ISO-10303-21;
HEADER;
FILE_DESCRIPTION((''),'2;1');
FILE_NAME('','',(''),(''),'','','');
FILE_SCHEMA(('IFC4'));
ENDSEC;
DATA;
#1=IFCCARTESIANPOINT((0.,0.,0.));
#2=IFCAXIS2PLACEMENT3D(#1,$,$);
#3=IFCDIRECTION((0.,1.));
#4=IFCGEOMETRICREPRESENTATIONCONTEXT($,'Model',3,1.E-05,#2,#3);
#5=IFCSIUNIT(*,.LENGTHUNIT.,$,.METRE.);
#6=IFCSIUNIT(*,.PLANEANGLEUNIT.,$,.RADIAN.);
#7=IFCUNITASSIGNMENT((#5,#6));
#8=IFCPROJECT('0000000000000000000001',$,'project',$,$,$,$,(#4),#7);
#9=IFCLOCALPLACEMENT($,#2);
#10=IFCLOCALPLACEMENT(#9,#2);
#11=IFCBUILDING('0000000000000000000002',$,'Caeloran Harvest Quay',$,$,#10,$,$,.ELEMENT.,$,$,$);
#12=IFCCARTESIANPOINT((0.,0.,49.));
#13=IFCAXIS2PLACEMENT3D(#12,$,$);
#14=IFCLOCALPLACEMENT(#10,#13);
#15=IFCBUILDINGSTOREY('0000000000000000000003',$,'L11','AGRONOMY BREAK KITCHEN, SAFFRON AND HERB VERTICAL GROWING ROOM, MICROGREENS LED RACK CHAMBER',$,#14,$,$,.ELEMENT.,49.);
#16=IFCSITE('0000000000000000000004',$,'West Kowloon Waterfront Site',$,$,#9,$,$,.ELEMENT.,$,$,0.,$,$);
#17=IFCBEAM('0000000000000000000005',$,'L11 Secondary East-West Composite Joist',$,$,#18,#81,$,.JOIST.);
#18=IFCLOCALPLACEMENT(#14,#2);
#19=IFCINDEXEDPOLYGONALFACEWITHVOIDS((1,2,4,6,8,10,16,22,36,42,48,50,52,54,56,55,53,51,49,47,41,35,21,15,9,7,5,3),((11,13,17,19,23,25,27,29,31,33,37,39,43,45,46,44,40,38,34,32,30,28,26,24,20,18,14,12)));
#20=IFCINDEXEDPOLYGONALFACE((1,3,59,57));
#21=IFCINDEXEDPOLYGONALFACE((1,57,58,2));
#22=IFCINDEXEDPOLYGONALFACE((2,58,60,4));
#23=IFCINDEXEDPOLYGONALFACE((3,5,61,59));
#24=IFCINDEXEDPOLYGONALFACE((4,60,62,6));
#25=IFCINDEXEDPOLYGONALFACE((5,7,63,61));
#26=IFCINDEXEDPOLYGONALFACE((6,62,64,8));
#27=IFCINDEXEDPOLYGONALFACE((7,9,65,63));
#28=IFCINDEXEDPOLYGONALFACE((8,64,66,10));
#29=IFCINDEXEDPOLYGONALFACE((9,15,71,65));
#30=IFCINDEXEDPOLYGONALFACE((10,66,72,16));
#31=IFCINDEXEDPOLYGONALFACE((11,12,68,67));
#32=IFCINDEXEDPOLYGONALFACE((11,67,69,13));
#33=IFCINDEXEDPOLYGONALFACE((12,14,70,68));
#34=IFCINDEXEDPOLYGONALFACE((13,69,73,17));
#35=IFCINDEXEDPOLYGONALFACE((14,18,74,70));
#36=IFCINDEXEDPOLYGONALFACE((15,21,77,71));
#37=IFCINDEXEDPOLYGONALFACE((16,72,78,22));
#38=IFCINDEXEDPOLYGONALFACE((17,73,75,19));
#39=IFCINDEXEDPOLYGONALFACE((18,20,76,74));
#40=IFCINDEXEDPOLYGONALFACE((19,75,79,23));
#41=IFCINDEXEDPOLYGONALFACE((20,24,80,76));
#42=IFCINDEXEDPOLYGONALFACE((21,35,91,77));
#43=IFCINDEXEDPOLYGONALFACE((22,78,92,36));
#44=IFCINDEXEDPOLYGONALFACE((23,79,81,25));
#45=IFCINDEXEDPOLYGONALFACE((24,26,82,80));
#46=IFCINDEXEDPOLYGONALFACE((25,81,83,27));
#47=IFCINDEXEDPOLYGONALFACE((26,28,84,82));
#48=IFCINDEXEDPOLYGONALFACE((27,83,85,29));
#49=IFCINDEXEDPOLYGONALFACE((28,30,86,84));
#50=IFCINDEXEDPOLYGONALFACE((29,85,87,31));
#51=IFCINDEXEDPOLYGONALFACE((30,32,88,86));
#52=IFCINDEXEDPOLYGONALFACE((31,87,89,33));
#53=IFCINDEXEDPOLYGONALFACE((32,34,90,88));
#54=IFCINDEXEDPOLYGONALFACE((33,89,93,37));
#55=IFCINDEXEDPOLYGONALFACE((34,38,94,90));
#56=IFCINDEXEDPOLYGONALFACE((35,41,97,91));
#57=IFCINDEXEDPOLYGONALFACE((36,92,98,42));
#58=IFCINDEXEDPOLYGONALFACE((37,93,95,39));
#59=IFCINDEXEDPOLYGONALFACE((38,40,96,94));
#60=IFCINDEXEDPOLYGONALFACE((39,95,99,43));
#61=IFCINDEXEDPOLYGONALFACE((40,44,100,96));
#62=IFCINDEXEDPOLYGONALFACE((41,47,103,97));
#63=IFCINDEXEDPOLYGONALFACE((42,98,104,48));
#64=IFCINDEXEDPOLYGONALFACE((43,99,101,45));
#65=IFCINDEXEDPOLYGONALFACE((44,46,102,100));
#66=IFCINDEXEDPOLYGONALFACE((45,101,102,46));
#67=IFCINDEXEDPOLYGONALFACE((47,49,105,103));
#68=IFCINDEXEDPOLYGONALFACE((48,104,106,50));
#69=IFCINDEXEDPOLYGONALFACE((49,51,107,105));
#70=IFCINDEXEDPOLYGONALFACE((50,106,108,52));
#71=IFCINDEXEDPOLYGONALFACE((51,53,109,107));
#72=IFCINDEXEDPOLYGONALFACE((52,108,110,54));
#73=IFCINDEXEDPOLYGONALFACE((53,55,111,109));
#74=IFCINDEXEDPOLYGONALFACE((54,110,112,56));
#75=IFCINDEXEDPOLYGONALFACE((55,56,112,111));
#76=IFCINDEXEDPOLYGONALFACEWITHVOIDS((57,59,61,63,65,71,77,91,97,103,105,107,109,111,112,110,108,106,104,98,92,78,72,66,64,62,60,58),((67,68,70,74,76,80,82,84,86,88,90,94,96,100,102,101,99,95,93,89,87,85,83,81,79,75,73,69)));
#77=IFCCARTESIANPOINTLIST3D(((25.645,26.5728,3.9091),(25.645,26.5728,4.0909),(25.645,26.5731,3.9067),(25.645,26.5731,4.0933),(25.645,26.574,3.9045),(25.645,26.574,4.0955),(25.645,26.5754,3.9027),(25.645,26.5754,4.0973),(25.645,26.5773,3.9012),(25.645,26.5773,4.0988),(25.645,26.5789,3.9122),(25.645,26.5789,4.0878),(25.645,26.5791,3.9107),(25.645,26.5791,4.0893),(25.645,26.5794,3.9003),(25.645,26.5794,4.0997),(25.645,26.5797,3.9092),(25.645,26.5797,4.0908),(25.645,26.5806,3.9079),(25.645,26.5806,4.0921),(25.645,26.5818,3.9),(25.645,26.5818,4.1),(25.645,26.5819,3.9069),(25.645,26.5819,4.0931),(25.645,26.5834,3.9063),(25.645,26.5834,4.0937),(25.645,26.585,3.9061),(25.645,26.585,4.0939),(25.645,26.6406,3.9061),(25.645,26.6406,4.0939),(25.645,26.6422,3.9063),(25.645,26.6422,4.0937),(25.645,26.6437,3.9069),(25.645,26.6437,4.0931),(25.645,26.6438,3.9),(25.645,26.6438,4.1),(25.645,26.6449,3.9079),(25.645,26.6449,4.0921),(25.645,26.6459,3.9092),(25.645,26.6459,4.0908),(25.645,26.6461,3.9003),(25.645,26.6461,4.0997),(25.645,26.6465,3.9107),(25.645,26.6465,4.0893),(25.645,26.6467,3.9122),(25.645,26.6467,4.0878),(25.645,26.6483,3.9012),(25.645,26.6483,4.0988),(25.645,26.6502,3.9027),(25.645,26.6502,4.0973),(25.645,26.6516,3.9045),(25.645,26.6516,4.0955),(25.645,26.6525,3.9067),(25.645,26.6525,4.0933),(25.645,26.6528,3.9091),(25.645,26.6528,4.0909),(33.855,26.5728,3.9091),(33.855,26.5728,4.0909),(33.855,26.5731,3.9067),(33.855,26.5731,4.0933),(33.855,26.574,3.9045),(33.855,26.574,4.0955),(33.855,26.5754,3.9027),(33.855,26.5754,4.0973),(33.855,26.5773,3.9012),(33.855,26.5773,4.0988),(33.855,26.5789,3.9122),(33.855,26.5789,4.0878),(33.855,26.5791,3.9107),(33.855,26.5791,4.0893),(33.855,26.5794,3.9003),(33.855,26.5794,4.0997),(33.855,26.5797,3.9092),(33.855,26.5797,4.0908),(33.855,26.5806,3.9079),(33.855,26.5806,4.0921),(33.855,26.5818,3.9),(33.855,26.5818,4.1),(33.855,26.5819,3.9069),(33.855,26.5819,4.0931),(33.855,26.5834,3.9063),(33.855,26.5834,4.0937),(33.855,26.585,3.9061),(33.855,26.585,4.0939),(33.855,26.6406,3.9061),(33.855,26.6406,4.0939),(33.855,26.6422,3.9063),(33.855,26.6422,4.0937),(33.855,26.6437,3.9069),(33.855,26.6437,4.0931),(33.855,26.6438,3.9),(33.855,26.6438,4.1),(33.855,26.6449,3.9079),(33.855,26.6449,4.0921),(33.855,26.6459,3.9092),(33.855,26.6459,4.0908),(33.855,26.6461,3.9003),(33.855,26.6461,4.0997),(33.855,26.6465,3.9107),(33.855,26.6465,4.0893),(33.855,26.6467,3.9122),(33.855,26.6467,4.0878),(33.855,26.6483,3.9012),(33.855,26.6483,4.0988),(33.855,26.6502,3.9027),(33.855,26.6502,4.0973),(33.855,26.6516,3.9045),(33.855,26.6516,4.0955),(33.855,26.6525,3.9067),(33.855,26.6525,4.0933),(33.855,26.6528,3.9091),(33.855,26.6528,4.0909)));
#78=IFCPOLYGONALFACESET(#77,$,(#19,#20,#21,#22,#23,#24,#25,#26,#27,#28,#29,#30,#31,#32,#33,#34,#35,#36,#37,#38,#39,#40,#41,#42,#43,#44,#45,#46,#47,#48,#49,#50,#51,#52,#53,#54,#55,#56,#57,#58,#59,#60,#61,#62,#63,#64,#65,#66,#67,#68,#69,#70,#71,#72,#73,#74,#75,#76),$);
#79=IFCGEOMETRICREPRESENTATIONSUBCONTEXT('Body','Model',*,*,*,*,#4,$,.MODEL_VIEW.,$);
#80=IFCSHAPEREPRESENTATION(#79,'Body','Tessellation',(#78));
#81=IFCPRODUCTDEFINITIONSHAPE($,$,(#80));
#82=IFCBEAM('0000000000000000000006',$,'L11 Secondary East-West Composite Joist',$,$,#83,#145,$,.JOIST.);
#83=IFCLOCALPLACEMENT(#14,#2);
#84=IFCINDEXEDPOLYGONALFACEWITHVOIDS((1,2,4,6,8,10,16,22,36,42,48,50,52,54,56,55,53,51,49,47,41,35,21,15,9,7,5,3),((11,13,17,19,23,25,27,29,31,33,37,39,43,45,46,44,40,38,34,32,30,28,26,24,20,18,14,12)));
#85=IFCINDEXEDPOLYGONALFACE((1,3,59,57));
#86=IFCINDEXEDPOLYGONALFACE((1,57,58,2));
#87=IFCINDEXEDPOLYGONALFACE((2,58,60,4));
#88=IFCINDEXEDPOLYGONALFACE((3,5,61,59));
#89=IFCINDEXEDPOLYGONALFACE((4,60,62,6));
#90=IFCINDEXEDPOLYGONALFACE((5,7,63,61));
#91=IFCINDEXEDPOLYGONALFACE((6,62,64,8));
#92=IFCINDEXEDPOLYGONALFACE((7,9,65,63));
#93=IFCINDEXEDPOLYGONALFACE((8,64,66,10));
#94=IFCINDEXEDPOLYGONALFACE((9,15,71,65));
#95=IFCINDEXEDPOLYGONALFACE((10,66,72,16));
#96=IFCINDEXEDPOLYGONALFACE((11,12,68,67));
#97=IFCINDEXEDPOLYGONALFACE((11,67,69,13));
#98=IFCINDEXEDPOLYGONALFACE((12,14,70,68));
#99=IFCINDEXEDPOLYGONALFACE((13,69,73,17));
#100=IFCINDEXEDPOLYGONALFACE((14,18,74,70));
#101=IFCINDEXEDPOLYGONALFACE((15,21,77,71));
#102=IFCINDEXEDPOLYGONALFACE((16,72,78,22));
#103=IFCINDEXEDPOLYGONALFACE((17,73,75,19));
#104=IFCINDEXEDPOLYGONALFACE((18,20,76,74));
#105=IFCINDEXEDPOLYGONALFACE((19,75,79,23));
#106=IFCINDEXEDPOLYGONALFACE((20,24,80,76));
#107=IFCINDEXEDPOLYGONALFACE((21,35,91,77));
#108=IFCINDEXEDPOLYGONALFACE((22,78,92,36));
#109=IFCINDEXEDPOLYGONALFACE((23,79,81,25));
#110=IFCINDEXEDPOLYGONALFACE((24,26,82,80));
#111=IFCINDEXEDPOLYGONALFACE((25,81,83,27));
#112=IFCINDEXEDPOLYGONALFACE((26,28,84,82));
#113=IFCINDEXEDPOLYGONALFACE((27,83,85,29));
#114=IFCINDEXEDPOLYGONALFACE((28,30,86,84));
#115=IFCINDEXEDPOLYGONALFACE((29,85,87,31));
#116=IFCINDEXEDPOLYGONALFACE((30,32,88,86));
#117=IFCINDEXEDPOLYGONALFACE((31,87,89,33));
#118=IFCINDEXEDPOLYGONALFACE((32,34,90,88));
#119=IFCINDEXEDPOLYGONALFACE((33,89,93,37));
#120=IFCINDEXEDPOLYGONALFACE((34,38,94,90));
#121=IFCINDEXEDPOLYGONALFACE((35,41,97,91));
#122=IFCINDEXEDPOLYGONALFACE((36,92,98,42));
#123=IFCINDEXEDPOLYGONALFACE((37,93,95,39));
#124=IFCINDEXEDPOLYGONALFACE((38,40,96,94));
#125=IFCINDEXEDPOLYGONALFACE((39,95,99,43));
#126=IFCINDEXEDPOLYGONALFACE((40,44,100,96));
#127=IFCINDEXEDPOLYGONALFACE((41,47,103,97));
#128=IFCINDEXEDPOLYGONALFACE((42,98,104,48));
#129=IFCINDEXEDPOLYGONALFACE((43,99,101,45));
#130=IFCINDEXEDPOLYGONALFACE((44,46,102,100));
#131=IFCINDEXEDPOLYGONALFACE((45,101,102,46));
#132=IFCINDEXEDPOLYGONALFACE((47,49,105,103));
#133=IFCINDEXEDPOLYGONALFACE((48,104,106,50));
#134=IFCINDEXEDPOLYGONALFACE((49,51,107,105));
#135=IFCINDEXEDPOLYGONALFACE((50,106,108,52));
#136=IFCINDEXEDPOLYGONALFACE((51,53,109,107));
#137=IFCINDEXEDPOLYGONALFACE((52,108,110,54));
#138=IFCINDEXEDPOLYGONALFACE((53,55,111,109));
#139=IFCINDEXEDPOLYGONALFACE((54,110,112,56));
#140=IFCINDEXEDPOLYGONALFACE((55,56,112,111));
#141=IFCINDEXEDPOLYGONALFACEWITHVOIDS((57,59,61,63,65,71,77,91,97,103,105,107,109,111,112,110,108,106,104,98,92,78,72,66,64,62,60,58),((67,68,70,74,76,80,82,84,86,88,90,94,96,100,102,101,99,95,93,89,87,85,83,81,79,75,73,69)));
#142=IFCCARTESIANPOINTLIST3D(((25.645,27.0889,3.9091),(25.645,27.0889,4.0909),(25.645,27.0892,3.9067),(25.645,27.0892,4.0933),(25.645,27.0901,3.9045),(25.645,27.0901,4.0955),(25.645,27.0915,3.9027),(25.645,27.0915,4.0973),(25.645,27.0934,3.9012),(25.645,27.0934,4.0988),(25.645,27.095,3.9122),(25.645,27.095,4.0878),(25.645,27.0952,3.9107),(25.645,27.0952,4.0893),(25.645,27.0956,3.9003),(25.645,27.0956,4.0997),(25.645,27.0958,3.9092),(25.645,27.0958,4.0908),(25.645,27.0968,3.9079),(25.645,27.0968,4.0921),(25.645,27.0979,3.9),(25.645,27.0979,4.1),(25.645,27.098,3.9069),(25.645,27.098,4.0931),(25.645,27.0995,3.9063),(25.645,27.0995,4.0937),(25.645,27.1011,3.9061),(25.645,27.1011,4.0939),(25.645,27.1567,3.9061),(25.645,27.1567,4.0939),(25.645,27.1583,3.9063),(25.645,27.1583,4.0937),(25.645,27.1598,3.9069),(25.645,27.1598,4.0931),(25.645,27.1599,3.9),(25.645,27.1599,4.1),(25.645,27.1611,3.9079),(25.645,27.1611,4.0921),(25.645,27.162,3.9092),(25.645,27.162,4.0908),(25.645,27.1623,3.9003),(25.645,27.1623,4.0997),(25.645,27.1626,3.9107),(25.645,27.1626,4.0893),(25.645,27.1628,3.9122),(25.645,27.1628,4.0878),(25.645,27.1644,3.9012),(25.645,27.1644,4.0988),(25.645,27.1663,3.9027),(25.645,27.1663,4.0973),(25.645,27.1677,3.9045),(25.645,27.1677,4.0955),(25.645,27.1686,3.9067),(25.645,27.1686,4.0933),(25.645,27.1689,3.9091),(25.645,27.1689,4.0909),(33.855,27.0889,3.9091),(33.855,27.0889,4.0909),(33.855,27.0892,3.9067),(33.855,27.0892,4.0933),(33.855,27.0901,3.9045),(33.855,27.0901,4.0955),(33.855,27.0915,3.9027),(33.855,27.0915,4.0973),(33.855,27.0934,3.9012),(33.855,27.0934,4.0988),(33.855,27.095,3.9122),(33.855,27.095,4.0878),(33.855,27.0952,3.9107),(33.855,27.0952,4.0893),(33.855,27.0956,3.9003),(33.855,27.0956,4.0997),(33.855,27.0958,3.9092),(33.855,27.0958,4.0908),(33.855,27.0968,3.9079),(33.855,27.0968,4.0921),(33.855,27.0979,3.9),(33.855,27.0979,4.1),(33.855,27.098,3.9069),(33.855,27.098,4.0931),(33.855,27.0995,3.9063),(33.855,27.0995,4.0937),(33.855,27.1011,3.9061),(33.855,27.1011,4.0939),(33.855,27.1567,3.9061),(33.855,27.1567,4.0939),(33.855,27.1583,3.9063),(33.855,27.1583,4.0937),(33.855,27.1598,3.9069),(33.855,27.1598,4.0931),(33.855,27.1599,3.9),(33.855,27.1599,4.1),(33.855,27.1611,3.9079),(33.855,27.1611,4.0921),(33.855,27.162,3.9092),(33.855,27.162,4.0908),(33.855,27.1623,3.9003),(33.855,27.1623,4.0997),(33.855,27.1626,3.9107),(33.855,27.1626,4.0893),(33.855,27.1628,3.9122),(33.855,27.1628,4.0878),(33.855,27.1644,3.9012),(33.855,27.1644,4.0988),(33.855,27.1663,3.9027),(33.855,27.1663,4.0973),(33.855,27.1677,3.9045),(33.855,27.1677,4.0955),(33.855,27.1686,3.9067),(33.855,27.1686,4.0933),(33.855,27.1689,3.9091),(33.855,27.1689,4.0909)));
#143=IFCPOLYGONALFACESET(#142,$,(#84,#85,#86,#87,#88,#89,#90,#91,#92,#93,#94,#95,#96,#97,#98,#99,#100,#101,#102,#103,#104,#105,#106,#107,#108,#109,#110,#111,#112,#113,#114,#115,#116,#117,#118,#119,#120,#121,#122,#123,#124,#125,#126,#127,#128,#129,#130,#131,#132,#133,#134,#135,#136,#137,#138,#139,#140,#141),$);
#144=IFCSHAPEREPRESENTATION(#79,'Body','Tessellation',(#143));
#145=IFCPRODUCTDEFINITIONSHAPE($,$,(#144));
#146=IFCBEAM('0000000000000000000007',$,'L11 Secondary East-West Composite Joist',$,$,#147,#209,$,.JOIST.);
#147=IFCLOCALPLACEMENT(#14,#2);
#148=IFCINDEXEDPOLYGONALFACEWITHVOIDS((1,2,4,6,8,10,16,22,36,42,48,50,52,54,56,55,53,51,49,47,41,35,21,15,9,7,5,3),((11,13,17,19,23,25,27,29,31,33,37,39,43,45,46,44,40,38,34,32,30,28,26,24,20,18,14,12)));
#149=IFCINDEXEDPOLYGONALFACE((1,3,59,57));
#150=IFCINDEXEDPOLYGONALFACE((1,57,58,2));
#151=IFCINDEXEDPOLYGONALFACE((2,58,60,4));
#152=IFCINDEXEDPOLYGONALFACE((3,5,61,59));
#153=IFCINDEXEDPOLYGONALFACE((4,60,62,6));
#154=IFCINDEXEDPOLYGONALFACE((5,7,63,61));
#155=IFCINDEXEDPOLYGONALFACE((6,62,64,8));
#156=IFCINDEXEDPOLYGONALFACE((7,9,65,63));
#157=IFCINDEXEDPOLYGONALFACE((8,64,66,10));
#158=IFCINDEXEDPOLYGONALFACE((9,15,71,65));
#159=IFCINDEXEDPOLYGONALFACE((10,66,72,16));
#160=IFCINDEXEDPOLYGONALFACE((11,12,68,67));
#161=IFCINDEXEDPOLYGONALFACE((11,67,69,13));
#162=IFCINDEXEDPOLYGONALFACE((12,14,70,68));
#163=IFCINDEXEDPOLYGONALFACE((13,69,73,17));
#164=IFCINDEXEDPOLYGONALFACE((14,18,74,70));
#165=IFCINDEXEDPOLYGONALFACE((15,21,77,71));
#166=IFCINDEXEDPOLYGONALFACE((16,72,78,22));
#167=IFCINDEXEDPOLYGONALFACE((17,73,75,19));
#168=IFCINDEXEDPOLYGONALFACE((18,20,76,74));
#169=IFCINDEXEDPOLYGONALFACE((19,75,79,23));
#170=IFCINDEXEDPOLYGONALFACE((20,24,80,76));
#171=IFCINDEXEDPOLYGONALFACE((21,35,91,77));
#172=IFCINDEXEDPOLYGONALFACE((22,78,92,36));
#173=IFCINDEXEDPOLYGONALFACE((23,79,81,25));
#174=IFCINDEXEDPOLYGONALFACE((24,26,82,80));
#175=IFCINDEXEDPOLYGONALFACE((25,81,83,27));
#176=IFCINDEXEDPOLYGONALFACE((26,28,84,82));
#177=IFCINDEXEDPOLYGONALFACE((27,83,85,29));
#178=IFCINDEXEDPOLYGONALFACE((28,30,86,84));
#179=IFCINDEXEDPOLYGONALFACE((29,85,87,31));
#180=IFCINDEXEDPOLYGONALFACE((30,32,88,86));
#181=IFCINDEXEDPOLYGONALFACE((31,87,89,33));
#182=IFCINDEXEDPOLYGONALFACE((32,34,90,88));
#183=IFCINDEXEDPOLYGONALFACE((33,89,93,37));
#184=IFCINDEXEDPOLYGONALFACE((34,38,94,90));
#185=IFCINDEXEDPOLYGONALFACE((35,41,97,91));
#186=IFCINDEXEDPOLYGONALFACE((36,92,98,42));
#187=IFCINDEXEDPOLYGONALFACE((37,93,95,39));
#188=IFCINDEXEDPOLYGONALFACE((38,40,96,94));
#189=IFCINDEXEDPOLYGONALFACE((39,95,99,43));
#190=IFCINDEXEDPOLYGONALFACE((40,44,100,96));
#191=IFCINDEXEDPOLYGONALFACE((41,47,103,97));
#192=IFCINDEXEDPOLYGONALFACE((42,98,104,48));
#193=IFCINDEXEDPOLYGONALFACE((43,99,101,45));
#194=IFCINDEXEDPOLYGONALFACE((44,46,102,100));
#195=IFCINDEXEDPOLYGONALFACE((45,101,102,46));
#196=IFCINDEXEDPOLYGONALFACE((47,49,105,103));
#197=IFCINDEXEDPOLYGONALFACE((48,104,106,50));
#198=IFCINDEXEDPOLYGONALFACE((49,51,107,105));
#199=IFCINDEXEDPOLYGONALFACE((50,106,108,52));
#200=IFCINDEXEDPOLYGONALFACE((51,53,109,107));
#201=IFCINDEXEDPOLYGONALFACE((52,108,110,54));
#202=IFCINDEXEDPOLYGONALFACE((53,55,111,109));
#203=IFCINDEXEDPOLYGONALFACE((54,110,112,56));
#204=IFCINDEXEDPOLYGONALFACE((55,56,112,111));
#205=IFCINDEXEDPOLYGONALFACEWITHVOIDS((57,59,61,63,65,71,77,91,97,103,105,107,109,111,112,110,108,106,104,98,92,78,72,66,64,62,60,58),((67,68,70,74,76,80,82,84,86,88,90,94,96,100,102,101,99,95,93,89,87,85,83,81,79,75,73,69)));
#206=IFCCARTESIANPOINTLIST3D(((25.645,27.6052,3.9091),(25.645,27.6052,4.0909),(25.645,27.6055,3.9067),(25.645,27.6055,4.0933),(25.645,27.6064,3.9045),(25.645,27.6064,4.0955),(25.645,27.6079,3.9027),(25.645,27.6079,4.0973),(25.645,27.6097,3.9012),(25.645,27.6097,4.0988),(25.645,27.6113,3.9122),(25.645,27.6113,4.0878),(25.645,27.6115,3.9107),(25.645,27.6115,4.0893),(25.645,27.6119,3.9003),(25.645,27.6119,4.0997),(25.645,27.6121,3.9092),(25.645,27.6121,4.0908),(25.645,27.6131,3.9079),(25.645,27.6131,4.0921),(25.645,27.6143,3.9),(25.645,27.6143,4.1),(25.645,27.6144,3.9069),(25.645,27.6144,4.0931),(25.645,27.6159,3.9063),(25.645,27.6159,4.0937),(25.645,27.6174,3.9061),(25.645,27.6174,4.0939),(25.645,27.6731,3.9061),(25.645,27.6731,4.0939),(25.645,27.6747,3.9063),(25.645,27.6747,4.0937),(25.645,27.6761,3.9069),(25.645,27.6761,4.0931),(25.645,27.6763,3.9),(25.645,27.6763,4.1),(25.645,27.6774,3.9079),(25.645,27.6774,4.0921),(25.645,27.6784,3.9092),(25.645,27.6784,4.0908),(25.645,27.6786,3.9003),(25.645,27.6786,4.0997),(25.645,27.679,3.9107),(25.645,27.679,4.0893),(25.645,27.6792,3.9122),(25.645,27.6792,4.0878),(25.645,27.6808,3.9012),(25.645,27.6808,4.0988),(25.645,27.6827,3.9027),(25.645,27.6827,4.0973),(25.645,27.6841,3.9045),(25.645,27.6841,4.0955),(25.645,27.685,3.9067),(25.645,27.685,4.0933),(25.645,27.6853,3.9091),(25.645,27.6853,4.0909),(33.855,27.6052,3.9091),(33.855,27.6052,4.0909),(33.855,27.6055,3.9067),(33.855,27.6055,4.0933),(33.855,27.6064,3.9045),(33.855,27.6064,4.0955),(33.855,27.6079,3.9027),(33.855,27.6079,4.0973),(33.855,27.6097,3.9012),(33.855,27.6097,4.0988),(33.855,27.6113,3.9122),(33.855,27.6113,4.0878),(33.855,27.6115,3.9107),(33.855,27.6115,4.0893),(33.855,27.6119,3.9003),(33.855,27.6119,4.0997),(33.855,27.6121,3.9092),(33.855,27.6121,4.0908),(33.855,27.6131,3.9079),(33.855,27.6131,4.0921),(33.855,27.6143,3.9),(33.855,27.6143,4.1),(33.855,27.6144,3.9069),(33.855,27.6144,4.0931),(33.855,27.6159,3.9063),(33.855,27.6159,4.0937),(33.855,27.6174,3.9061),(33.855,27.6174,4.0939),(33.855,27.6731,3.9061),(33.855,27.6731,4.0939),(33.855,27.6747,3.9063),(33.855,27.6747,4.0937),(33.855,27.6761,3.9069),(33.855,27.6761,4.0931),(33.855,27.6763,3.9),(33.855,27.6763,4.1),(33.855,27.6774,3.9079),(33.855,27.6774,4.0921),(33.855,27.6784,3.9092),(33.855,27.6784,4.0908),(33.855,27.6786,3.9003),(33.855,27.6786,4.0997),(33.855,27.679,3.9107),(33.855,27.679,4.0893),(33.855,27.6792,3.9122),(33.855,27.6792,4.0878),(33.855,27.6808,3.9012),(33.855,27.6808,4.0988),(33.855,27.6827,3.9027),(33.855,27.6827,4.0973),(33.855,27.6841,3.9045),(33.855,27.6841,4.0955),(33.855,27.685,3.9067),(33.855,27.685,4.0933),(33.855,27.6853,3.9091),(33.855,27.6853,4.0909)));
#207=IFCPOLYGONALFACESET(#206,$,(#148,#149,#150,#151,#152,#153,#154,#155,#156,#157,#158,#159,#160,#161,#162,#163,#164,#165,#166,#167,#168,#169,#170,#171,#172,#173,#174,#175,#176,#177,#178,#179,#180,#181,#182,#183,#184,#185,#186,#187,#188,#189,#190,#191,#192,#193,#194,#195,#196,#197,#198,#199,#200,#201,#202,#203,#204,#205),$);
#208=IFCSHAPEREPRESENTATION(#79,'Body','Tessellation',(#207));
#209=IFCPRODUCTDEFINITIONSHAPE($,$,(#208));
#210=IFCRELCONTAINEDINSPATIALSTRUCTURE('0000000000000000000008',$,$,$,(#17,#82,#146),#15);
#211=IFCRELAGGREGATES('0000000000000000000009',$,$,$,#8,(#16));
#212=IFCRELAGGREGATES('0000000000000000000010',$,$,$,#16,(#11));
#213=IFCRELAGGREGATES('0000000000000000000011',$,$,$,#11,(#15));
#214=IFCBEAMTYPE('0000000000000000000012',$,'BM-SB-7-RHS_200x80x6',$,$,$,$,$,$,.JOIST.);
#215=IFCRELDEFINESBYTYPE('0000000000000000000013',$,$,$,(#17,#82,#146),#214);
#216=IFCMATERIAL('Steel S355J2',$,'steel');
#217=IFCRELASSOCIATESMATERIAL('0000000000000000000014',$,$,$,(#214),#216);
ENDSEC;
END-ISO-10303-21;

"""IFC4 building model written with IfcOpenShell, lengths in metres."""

from ifc_helpers import new_model, si_unit, direction, frame, origin, origin_2d, place, context, subcontext, project, spatial, hollow_rectangle, extrude, material, material_profile, profile_set, type_object, element, save


model = new_model("IFC4")

# Units and contexts
model_context = context("Model", 3, precision=1e-05, world=origin(), true_north=direction((0.0, 1.0)))
body_context = subcontext(model_context, "Body", "Model", "MODEL_VIEW")
ifc_project = project(units=[si_unit("LENGTHUNIT", "METRE"), si_unit("PLANEANGLEUNIT", "RADIAN")], contexts=[model_context])

# Site, building, storey
site_placement = place(None, origin())
site = spatial("IfcSite", under=ifc_project, at=site_placement, Name="West Kowloon Waterfront Site", CompositionType="ELEMENT", RefElevation=0.0)
building_placement = place(site_placement, origin())
building = spatial("IfcBuilding", under=site, at=building_placement, Name="Caeloran Harvest Quay", CompositionType="ELEMENT")
storey_placement = place(building_placement, frame((0.0, 0.0, 49.0)))
storey = spatial("IfcBuildingStorey", under=building, at=storey_placement, Name="L11", Description="AGRONOMY BREAK KITCHEN, SAFFRON AND HERB VERTICAL GROWING ROOM, MICROGREENS LED RACK CHAMBER", CompositionType="ELEMENT", Elevation=49.0)

# Beams
ifc_material_1 = material(Name="Steel S355J2", Category="steel")
ifc_material_profile_1 = material_profile(ifc_material_1, hollow_rectangle(XDim=0.0801, YDim=0.2, WallThickness=0.0061, InnerFilletRadius=0.0061, OuterFilletRadius=0.009, at=origin_2d()), Name="RHS 200x80x6")
ifc_profile_set_1 = profile_set([ifc_material_profile_1], Name="Steel S355J2")
beam_type_1 = type_object("IfcBeamType", Name="BM-SB-7-RHS_200x80x6", PredefinedType="JOIST", material=ifc_profile_set_1)
for number, where, z_axis, x_axis, name in (
    (1, (25.645, 26.6128, 4.0), (1.0, 0.0, 0.0), (0.0, 1.0, 0.0), "L11 Secondary East-West Composite Joist"),
    (2, (25.645, 27.1289, 4.0), (1.0, 0.0, 0.0), (0.0, 1.0, 0.0), "L11 Secondary East-West Composite Joist"),
    (3, (25.645, 27.6453, 4.0), (1.0, 0.0, 0.0), (0.0, 1.0, 0.0), "L11 Secondary East-West Composite Joist"),
):
    element("IfcBeam", number, at=place(storey_placement, frame(where, z_axis=z_axis, x_axis=x_axis)), inside=storey, type_object=beam_type_1, Name=name, PredefinedType="JOIST", context=body_context, shape_type="SweptSolid", body=[
        extrude(hollow_rectangle(XDim=0.0801, YDim=0.2, WallThickness=0.0061, InnerFilletRadius=0.0061, OuterFilletRadius=0.009, at=origin_2d()), origin(), (0.0, 0.0, 1.0), 8.21),
    ])

save(model, "model.ifc")
